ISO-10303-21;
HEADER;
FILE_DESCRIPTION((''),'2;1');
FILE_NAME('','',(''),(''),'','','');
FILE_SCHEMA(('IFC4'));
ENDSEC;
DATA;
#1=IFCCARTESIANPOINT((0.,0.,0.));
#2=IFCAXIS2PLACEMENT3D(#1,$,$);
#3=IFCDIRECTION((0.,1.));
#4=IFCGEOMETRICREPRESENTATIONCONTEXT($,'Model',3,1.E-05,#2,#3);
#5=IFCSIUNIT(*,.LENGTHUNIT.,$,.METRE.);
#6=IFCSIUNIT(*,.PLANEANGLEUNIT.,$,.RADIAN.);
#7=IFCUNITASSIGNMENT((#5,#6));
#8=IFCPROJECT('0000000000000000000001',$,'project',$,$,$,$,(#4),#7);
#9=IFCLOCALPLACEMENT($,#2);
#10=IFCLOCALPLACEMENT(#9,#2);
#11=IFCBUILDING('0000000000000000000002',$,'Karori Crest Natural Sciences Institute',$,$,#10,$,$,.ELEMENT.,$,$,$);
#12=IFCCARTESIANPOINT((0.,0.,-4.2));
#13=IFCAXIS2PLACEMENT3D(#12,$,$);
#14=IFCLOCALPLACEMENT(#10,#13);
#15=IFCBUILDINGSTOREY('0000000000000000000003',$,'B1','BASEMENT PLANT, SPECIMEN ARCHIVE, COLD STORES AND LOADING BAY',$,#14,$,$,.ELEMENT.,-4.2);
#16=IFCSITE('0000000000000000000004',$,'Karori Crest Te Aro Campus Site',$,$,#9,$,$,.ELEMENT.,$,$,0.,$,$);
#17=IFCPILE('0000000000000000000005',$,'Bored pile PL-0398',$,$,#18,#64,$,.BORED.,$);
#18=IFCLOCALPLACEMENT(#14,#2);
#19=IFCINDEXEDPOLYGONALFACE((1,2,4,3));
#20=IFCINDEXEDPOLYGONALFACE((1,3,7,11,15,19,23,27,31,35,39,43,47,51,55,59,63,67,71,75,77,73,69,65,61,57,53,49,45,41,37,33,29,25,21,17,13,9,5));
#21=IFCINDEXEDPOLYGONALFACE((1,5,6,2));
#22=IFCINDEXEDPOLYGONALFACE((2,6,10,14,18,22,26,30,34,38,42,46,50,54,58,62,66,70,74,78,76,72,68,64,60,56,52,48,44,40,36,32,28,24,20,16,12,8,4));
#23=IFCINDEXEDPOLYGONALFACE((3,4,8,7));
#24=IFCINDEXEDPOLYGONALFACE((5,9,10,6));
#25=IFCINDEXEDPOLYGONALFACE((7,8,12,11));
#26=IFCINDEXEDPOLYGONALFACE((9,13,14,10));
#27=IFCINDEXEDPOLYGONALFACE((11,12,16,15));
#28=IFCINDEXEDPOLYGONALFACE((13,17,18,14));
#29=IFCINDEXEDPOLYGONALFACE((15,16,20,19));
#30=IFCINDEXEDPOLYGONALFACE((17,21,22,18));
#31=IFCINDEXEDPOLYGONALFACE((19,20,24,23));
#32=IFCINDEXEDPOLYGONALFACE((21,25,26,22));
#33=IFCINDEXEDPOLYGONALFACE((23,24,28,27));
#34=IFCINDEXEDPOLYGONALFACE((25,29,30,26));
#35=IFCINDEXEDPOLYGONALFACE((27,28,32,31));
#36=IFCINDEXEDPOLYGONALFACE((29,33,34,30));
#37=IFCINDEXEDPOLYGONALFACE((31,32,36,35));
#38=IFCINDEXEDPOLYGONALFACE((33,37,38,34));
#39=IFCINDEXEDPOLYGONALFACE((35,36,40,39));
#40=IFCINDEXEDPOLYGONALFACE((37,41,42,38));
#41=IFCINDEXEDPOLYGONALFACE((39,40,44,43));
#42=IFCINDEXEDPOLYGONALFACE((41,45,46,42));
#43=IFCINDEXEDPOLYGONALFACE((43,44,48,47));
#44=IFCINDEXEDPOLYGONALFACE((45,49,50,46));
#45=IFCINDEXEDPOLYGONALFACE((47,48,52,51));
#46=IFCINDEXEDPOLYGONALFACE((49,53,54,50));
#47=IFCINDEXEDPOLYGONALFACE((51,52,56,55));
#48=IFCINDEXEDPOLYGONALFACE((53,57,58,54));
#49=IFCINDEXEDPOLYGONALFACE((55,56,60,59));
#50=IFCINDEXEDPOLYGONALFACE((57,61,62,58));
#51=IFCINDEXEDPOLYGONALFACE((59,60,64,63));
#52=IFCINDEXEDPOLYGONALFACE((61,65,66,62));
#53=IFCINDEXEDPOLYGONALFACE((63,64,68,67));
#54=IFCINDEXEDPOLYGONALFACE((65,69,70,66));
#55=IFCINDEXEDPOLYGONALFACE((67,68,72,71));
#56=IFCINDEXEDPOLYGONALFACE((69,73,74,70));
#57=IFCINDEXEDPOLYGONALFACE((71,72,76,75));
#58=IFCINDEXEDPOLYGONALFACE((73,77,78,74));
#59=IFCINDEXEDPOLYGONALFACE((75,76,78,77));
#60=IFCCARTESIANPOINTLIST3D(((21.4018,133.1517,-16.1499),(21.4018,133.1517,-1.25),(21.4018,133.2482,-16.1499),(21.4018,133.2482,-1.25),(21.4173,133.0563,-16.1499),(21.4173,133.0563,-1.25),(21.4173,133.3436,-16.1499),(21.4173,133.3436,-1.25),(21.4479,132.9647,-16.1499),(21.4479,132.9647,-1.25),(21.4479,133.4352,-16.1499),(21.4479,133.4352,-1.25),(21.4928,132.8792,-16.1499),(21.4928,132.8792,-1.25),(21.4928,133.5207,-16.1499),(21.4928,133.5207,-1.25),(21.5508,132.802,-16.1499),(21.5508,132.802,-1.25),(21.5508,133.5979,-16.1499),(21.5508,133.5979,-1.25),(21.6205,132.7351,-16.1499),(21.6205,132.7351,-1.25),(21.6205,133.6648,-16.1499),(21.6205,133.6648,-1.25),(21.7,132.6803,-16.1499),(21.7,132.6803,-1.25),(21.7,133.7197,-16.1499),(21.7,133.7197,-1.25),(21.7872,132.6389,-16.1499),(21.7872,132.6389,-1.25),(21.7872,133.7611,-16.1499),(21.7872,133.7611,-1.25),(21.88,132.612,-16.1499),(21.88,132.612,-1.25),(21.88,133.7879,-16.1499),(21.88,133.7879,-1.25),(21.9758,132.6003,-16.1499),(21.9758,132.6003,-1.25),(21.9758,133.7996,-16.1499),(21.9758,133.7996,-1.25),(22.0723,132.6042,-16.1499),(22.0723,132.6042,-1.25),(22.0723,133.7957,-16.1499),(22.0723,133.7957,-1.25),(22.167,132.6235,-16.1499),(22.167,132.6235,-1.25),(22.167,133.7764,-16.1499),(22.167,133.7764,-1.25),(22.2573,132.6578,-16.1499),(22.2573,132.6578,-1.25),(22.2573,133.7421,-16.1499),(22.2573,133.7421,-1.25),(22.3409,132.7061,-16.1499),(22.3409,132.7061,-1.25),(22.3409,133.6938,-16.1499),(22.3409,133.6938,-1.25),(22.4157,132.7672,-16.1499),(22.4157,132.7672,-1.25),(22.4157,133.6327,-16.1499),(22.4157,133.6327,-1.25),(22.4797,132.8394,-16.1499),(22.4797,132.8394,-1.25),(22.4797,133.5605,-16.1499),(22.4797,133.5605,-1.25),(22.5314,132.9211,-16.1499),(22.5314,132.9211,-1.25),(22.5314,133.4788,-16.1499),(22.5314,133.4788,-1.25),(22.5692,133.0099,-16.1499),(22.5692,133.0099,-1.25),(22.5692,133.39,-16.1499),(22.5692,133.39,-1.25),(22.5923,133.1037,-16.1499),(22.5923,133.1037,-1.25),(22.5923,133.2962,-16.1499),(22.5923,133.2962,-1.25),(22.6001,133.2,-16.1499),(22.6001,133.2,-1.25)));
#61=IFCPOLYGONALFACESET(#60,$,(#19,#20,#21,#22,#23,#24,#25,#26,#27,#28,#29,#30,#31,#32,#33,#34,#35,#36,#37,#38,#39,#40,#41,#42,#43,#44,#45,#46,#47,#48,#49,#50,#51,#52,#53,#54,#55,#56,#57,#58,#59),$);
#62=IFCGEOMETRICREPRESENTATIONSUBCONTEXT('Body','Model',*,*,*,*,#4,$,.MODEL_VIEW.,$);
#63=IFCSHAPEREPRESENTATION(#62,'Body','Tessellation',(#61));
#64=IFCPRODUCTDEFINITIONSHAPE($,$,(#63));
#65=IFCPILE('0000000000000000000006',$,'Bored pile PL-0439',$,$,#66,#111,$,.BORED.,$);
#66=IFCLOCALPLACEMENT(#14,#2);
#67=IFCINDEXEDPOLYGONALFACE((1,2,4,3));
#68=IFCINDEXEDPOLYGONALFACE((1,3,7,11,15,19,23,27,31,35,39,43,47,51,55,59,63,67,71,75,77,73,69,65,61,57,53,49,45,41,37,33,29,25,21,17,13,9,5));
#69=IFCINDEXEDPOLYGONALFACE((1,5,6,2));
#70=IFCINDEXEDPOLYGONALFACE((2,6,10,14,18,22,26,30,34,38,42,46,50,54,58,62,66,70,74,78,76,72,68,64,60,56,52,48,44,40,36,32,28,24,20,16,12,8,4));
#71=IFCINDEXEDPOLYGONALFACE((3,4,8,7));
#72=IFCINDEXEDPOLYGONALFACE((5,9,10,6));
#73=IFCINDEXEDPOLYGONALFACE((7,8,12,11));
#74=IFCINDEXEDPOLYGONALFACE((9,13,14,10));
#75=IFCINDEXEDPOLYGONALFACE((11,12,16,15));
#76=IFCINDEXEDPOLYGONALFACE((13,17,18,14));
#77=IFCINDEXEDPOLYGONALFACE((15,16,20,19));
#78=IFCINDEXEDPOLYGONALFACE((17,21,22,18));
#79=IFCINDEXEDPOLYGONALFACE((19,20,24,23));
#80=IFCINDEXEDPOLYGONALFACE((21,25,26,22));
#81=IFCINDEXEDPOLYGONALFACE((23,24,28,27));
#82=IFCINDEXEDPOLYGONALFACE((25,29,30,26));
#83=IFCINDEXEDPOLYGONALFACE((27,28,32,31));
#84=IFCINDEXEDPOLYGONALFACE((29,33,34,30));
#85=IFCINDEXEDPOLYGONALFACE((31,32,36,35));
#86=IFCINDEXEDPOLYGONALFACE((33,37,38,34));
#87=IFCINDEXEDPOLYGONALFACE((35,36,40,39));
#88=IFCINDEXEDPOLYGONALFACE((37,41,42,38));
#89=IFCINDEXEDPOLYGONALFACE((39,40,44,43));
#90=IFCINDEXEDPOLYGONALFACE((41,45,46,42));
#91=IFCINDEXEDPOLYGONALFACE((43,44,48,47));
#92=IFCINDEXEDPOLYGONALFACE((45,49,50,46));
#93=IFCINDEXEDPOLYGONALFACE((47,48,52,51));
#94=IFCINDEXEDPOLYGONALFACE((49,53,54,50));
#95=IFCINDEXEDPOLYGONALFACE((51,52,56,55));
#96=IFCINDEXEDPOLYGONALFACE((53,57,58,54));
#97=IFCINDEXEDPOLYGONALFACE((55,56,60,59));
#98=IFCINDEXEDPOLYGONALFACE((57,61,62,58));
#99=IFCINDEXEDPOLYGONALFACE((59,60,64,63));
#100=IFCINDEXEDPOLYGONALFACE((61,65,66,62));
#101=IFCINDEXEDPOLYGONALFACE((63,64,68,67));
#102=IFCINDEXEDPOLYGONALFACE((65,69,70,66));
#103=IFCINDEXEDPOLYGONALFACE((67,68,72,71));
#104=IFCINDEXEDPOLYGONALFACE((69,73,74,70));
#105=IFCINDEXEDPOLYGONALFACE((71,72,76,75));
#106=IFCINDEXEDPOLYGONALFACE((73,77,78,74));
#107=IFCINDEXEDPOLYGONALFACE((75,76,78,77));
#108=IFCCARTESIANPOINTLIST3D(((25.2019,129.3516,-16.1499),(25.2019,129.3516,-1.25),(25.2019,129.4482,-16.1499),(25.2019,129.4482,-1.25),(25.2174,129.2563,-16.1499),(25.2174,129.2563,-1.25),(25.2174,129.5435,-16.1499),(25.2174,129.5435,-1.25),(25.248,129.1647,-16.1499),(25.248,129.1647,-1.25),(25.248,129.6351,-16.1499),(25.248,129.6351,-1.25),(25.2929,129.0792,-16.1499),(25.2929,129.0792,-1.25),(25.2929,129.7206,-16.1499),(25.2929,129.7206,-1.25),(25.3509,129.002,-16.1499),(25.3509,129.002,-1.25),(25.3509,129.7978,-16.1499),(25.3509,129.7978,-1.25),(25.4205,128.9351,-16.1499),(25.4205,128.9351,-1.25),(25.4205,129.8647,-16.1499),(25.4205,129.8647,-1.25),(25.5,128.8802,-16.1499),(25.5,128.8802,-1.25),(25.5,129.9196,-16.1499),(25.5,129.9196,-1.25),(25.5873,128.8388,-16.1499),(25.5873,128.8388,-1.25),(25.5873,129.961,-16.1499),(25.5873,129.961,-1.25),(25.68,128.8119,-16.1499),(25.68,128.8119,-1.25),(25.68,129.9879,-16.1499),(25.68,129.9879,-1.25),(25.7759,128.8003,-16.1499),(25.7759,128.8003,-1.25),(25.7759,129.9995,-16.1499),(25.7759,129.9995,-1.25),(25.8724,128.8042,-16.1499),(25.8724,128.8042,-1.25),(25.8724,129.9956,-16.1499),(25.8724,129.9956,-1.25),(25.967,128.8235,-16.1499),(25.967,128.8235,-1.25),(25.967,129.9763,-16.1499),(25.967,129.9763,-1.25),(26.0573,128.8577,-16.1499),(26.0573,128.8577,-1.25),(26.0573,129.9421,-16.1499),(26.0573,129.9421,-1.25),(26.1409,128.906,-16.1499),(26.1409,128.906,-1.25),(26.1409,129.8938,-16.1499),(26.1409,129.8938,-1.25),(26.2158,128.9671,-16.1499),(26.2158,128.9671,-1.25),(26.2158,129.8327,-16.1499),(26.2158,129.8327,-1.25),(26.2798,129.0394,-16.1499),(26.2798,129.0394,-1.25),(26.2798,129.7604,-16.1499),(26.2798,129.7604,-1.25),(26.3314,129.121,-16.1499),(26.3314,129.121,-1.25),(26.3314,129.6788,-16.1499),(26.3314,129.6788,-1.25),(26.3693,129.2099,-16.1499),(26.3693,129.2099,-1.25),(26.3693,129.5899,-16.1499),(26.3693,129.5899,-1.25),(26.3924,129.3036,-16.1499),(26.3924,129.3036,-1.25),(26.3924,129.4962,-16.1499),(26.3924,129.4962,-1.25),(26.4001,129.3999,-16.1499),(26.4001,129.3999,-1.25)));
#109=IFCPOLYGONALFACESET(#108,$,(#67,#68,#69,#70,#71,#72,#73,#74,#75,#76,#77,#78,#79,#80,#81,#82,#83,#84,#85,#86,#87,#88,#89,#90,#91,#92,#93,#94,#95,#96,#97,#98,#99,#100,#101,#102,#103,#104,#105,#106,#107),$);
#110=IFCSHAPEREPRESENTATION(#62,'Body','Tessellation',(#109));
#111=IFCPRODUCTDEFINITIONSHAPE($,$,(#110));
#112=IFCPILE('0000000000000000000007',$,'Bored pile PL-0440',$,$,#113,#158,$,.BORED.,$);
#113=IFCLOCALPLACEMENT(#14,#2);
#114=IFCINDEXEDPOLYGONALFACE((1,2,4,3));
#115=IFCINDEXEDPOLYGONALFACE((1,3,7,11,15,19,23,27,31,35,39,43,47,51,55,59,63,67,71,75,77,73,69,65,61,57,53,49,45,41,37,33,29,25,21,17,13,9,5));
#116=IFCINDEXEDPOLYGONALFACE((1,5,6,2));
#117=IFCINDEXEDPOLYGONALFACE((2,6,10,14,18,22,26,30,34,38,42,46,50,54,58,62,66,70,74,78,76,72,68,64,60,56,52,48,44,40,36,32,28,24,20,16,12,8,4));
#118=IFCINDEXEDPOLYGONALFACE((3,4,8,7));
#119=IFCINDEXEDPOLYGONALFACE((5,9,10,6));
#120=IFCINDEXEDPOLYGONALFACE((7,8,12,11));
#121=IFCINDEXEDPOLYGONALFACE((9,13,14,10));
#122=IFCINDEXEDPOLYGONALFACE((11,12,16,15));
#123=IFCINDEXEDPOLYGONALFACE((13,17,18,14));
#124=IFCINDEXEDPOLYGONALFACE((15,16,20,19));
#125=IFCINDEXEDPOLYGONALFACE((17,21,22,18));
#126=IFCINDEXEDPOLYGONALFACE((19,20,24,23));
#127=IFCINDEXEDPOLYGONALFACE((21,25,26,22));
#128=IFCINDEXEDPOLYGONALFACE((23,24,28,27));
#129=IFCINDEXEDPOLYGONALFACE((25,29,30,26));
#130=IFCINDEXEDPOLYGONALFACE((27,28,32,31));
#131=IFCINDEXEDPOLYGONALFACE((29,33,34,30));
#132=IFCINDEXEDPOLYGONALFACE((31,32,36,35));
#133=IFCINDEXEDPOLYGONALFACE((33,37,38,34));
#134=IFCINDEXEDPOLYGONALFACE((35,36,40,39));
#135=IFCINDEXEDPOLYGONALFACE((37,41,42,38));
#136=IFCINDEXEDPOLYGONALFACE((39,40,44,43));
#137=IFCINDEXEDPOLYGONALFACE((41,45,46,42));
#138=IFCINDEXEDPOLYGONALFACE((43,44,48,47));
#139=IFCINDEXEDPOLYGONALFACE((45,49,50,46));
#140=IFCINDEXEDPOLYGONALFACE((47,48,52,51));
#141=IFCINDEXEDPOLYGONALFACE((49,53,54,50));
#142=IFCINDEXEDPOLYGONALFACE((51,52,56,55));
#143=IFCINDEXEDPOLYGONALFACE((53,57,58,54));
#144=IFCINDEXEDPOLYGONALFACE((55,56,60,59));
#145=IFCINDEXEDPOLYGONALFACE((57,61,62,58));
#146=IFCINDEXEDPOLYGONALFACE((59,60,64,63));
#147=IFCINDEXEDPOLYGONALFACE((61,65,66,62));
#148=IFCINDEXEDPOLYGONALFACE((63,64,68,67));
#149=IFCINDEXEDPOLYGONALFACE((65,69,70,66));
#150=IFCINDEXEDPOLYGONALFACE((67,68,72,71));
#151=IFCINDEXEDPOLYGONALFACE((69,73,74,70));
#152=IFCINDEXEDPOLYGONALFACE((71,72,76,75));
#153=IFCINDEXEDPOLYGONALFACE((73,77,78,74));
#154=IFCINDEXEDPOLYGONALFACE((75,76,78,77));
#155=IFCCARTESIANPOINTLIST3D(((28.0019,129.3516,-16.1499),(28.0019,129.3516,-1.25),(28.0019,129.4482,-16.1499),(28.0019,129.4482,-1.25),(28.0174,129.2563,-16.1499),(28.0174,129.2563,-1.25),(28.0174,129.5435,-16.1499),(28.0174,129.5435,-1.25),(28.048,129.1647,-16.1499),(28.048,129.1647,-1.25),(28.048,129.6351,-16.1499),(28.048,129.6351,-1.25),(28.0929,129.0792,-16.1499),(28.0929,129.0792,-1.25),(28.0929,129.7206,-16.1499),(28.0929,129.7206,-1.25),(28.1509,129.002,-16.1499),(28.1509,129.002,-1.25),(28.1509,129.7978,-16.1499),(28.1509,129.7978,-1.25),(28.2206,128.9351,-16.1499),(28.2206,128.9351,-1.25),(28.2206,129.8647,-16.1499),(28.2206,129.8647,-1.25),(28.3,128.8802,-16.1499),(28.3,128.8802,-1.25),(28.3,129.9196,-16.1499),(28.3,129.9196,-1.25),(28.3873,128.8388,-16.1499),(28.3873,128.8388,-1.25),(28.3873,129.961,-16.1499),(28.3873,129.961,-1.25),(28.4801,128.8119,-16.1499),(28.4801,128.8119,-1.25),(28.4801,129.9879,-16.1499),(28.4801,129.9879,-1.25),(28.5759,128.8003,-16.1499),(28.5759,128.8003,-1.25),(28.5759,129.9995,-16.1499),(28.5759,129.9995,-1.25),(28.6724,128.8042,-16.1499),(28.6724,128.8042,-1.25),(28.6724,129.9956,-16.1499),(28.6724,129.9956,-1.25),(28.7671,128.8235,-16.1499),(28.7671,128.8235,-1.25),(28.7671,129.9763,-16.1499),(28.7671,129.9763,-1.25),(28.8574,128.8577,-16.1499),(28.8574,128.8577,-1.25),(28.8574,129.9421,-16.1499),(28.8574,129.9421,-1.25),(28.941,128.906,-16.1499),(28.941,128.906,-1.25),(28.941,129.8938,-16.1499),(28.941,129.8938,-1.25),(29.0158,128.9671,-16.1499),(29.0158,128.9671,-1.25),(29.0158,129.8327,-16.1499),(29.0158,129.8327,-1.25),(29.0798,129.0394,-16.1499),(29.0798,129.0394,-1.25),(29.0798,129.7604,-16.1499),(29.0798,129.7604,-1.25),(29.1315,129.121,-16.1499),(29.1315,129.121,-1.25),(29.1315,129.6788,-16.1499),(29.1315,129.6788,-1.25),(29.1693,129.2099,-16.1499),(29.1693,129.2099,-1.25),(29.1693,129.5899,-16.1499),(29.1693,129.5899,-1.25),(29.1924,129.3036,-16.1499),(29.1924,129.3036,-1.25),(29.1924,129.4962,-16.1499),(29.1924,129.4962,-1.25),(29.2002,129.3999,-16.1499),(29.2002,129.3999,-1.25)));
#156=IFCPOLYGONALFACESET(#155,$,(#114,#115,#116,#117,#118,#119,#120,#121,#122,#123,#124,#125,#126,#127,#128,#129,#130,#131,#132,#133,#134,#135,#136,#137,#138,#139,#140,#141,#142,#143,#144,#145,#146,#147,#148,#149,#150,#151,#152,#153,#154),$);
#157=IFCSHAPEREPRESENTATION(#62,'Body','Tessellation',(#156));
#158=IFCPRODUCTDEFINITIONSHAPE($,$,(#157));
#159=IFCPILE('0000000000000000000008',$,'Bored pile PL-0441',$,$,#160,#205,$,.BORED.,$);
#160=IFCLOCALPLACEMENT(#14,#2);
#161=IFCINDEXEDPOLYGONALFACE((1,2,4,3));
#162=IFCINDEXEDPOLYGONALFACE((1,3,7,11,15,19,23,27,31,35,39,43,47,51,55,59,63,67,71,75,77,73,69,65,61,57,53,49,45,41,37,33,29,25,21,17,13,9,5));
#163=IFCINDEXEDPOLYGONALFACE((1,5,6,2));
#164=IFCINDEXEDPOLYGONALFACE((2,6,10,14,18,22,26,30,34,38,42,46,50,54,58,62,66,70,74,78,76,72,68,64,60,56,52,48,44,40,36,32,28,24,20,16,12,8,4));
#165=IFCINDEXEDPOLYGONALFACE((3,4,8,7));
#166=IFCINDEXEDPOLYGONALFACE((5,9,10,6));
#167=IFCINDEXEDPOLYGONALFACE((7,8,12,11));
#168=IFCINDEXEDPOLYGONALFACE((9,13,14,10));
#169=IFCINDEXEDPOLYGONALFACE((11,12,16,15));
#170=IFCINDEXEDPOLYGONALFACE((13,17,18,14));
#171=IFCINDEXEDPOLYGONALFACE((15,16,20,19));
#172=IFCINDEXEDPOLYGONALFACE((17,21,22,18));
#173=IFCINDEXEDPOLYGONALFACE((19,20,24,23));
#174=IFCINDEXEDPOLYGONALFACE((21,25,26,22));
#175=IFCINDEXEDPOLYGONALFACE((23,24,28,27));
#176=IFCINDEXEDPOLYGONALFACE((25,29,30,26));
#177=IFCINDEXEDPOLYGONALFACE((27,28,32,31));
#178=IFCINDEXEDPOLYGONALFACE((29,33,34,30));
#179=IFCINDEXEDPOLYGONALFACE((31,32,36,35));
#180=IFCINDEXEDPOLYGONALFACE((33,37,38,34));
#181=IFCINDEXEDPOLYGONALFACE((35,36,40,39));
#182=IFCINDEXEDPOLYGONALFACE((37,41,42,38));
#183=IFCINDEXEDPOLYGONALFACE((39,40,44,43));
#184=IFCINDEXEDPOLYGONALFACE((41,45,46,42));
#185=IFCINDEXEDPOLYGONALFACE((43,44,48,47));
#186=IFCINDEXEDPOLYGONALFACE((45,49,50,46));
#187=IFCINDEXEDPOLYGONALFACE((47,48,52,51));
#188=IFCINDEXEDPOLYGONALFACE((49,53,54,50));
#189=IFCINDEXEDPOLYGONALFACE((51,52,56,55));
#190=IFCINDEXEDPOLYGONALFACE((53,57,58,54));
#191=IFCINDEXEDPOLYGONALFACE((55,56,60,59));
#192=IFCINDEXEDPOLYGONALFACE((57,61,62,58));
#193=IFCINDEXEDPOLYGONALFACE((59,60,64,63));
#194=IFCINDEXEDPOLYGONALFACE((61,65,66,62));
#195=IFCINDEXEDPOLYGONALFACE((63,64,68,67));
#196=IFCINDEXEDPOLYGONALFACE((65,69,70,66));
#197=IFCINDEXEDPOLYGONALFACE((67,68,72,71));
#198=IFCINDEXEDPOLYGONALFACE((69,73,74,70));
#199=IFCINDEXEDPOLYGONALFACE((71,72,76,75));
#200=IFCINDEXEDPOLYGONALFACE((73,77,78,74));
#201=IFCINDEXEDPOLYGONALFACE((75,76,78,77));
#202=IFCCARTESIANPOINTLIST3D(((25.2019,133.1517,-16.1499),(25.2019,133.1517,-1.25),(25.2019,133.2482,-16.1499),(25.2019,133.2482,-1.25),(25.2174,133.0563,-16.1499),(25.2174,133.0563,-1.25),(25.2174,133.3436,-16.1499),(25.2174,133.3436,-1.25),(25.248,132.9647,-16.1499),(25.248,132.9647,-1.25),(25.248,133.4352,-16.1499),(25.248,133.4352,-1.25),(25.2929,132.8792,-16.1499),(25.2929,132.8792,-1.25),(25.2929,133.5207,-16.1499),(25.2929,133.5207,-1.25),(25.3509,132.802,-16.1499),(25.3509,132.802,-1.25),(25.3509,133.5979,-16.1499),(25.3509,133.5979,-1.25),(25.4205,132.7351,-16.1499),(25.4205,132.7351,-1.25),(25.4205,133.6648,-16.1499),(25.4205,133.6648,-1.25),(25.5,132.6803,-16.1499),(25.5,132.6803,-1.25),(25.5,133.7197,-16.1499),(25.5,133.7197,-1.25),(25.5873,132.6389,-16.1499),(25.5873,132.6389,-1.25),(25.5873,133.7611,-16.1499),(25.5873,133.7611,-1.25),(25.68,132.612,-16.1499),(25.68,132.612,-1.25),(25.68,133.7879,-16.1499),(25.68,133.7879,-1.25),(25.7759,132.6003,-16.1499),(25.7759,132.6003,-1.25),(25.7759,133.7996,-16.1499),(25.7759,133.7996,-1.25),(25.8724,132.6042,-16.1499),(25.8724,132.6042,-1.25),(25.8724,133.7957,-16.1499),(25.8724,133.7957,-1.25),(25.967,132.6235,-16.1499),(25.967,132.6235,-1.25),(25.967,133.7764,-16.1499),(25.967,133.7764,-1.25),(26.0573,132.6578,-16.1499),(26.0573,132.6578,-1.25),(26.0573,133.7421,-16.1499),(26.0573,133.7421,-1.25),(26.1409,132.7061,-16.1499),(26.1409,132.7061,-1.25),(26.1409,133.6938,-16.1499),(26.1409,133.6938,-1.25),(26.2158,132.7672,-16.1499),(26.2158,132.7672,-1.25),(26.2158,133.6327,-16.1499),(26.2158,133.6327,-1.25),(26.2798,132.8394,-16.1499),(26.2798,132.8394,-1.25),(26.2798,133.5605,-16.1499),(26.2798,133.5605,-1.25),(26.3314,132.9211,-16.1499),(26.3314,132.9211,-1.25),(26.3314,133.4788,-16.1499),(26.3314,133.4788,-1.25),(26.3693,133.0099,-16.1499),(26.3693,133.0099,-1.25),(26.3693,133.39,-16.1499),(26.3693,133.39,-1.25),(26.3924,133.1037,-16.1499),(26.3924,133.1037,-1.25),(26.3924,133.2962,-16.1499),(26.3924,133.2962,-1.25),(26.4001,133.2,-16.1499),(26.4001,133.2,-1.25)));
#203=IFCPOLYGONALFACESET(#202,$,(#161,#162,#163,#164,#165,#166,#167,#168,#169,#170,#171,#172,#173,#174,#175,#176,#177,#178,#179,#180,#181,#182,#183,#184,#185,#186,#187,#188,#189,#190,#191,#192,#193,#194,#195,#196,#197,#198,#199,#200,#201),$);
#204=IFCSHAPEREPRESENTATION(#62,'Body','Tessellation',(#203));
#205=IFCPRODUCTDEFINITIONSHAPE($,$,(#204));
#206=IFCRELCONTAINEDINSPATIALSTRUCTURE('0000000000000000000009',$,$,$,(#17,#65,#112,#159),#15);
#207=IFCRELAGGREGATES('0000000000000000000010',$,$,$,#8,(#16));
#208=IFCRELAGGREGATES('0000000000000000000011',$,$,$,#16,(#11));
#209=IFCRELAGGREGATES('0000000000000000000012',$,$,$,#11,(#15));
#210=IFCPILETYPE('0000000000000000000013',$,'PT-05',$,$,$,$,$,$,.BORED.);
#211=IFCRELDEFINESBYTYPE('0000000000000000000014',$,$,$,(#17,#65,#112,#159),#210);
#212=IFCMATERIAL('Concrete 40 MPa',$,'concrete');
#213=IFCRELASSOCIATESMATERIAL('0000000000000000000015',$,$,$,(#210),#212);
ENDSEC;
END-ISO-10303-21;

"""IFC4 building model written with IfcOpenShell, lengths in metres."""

from ifc_helpers import new_model, si_unit, direction, frame, origin, origin_2d, place, context, subcontext, project, spatial, circle, extrude, material, material_profile, profile_set, type_object, element, save


model = new_model("IFC4")

# Units and contexts
model_context = context("Model", 3, precision=1e-05, world=origin(), true_north=direction((0.0, 1.0)))
body_context = subcontext(model_context, "Body", "Model", "MODEL_VIEW")
ifc_project = project(units=[si_unit("LENGTHUNIT", "METRE"), si_unit("PLANEANGLEUNIT", "RADIAN")], contexts=[model_context])

# Site, building, storey
site_placement = place(None, origin())
site = spatial("IfcSite", under=ifc_project, at=site_placement, Name="Karori Crest Te Aro Campus Site", CompositionType="ELEMENT", RefElevation=0.0)
building_placement = place(site_placement, origin())
building = spatial("IfcBuilding", under=site, at=building_placement, Name="Karori Crest Natural Sciences Institute", CompositionType="ELEMENT")
storey_placement = place(building_placement, frame((0.0, 0.0, -4.2)))
storey = spatial("IfcBuildingStorey", under=building, at=storey_placement, Name="B1", Description="BASEMENT PLANT, SPECIMEN ARCHIVE, COLD STORES AND LOADING BAY", CompositionType="ELEMENT", Elevation=-4.2)

# Shared definitions
ifc_material_1 = material(Name="Concrete 40 MPa", Category="concrete")

# Piles
ifc_material_profile_1 = material_profile(ifc_material_1, circle(Radius=0.6001, at=origin_2d()), Name="PILE1200")
ifc_profile_set_1 = profile_set([ifc_material_profile_1], Name="Concrete 40 MPa")
pile_type = type_object("IfcPileType", Name="PT-05", PredefinedType="BORED", material=ifc_profile_set_1)
for number, where, z_axis, x_axis, name in (
    (1, (22.0, 133.2, -1.25), (0.0, 0.0, -1.0), (1.0, 0.0, 0.0), "Bored pile PL-0398"),
    (2, (25.8, 129.3999, -1.25), (0.0, 0.0, -1.0), (1.0, 0.0, 0.0), "Bored pile PL-0439"),
    (3, (28.6001, 129.3999, -1.25), (0.0, 0.0, -1.0), (1.0, 0.0, 0.0), "Bored pile PL-0440"),
    (4, (25.8, 133.2, -1.25), (0.0, 0.0, -1.0), (1.0, 0.0, 0.0), "Bored pile PL-0441"),
):
    element("IfcPile", number, at=place(storey_placement, frame(where, z_axis=z_axis, x_axis=x_axis)), inside=storey, type_object=pile_type, Name=name, PredefinedType="BORED", context=body_context, shape_type="SweptSolid", body=[
        extrude(circle(Radius=0.6001, at=origin_2d()), origin(), (0.0, 0.0, 1.0), 14.8999),
    ])

save(model, "model.ifc")
